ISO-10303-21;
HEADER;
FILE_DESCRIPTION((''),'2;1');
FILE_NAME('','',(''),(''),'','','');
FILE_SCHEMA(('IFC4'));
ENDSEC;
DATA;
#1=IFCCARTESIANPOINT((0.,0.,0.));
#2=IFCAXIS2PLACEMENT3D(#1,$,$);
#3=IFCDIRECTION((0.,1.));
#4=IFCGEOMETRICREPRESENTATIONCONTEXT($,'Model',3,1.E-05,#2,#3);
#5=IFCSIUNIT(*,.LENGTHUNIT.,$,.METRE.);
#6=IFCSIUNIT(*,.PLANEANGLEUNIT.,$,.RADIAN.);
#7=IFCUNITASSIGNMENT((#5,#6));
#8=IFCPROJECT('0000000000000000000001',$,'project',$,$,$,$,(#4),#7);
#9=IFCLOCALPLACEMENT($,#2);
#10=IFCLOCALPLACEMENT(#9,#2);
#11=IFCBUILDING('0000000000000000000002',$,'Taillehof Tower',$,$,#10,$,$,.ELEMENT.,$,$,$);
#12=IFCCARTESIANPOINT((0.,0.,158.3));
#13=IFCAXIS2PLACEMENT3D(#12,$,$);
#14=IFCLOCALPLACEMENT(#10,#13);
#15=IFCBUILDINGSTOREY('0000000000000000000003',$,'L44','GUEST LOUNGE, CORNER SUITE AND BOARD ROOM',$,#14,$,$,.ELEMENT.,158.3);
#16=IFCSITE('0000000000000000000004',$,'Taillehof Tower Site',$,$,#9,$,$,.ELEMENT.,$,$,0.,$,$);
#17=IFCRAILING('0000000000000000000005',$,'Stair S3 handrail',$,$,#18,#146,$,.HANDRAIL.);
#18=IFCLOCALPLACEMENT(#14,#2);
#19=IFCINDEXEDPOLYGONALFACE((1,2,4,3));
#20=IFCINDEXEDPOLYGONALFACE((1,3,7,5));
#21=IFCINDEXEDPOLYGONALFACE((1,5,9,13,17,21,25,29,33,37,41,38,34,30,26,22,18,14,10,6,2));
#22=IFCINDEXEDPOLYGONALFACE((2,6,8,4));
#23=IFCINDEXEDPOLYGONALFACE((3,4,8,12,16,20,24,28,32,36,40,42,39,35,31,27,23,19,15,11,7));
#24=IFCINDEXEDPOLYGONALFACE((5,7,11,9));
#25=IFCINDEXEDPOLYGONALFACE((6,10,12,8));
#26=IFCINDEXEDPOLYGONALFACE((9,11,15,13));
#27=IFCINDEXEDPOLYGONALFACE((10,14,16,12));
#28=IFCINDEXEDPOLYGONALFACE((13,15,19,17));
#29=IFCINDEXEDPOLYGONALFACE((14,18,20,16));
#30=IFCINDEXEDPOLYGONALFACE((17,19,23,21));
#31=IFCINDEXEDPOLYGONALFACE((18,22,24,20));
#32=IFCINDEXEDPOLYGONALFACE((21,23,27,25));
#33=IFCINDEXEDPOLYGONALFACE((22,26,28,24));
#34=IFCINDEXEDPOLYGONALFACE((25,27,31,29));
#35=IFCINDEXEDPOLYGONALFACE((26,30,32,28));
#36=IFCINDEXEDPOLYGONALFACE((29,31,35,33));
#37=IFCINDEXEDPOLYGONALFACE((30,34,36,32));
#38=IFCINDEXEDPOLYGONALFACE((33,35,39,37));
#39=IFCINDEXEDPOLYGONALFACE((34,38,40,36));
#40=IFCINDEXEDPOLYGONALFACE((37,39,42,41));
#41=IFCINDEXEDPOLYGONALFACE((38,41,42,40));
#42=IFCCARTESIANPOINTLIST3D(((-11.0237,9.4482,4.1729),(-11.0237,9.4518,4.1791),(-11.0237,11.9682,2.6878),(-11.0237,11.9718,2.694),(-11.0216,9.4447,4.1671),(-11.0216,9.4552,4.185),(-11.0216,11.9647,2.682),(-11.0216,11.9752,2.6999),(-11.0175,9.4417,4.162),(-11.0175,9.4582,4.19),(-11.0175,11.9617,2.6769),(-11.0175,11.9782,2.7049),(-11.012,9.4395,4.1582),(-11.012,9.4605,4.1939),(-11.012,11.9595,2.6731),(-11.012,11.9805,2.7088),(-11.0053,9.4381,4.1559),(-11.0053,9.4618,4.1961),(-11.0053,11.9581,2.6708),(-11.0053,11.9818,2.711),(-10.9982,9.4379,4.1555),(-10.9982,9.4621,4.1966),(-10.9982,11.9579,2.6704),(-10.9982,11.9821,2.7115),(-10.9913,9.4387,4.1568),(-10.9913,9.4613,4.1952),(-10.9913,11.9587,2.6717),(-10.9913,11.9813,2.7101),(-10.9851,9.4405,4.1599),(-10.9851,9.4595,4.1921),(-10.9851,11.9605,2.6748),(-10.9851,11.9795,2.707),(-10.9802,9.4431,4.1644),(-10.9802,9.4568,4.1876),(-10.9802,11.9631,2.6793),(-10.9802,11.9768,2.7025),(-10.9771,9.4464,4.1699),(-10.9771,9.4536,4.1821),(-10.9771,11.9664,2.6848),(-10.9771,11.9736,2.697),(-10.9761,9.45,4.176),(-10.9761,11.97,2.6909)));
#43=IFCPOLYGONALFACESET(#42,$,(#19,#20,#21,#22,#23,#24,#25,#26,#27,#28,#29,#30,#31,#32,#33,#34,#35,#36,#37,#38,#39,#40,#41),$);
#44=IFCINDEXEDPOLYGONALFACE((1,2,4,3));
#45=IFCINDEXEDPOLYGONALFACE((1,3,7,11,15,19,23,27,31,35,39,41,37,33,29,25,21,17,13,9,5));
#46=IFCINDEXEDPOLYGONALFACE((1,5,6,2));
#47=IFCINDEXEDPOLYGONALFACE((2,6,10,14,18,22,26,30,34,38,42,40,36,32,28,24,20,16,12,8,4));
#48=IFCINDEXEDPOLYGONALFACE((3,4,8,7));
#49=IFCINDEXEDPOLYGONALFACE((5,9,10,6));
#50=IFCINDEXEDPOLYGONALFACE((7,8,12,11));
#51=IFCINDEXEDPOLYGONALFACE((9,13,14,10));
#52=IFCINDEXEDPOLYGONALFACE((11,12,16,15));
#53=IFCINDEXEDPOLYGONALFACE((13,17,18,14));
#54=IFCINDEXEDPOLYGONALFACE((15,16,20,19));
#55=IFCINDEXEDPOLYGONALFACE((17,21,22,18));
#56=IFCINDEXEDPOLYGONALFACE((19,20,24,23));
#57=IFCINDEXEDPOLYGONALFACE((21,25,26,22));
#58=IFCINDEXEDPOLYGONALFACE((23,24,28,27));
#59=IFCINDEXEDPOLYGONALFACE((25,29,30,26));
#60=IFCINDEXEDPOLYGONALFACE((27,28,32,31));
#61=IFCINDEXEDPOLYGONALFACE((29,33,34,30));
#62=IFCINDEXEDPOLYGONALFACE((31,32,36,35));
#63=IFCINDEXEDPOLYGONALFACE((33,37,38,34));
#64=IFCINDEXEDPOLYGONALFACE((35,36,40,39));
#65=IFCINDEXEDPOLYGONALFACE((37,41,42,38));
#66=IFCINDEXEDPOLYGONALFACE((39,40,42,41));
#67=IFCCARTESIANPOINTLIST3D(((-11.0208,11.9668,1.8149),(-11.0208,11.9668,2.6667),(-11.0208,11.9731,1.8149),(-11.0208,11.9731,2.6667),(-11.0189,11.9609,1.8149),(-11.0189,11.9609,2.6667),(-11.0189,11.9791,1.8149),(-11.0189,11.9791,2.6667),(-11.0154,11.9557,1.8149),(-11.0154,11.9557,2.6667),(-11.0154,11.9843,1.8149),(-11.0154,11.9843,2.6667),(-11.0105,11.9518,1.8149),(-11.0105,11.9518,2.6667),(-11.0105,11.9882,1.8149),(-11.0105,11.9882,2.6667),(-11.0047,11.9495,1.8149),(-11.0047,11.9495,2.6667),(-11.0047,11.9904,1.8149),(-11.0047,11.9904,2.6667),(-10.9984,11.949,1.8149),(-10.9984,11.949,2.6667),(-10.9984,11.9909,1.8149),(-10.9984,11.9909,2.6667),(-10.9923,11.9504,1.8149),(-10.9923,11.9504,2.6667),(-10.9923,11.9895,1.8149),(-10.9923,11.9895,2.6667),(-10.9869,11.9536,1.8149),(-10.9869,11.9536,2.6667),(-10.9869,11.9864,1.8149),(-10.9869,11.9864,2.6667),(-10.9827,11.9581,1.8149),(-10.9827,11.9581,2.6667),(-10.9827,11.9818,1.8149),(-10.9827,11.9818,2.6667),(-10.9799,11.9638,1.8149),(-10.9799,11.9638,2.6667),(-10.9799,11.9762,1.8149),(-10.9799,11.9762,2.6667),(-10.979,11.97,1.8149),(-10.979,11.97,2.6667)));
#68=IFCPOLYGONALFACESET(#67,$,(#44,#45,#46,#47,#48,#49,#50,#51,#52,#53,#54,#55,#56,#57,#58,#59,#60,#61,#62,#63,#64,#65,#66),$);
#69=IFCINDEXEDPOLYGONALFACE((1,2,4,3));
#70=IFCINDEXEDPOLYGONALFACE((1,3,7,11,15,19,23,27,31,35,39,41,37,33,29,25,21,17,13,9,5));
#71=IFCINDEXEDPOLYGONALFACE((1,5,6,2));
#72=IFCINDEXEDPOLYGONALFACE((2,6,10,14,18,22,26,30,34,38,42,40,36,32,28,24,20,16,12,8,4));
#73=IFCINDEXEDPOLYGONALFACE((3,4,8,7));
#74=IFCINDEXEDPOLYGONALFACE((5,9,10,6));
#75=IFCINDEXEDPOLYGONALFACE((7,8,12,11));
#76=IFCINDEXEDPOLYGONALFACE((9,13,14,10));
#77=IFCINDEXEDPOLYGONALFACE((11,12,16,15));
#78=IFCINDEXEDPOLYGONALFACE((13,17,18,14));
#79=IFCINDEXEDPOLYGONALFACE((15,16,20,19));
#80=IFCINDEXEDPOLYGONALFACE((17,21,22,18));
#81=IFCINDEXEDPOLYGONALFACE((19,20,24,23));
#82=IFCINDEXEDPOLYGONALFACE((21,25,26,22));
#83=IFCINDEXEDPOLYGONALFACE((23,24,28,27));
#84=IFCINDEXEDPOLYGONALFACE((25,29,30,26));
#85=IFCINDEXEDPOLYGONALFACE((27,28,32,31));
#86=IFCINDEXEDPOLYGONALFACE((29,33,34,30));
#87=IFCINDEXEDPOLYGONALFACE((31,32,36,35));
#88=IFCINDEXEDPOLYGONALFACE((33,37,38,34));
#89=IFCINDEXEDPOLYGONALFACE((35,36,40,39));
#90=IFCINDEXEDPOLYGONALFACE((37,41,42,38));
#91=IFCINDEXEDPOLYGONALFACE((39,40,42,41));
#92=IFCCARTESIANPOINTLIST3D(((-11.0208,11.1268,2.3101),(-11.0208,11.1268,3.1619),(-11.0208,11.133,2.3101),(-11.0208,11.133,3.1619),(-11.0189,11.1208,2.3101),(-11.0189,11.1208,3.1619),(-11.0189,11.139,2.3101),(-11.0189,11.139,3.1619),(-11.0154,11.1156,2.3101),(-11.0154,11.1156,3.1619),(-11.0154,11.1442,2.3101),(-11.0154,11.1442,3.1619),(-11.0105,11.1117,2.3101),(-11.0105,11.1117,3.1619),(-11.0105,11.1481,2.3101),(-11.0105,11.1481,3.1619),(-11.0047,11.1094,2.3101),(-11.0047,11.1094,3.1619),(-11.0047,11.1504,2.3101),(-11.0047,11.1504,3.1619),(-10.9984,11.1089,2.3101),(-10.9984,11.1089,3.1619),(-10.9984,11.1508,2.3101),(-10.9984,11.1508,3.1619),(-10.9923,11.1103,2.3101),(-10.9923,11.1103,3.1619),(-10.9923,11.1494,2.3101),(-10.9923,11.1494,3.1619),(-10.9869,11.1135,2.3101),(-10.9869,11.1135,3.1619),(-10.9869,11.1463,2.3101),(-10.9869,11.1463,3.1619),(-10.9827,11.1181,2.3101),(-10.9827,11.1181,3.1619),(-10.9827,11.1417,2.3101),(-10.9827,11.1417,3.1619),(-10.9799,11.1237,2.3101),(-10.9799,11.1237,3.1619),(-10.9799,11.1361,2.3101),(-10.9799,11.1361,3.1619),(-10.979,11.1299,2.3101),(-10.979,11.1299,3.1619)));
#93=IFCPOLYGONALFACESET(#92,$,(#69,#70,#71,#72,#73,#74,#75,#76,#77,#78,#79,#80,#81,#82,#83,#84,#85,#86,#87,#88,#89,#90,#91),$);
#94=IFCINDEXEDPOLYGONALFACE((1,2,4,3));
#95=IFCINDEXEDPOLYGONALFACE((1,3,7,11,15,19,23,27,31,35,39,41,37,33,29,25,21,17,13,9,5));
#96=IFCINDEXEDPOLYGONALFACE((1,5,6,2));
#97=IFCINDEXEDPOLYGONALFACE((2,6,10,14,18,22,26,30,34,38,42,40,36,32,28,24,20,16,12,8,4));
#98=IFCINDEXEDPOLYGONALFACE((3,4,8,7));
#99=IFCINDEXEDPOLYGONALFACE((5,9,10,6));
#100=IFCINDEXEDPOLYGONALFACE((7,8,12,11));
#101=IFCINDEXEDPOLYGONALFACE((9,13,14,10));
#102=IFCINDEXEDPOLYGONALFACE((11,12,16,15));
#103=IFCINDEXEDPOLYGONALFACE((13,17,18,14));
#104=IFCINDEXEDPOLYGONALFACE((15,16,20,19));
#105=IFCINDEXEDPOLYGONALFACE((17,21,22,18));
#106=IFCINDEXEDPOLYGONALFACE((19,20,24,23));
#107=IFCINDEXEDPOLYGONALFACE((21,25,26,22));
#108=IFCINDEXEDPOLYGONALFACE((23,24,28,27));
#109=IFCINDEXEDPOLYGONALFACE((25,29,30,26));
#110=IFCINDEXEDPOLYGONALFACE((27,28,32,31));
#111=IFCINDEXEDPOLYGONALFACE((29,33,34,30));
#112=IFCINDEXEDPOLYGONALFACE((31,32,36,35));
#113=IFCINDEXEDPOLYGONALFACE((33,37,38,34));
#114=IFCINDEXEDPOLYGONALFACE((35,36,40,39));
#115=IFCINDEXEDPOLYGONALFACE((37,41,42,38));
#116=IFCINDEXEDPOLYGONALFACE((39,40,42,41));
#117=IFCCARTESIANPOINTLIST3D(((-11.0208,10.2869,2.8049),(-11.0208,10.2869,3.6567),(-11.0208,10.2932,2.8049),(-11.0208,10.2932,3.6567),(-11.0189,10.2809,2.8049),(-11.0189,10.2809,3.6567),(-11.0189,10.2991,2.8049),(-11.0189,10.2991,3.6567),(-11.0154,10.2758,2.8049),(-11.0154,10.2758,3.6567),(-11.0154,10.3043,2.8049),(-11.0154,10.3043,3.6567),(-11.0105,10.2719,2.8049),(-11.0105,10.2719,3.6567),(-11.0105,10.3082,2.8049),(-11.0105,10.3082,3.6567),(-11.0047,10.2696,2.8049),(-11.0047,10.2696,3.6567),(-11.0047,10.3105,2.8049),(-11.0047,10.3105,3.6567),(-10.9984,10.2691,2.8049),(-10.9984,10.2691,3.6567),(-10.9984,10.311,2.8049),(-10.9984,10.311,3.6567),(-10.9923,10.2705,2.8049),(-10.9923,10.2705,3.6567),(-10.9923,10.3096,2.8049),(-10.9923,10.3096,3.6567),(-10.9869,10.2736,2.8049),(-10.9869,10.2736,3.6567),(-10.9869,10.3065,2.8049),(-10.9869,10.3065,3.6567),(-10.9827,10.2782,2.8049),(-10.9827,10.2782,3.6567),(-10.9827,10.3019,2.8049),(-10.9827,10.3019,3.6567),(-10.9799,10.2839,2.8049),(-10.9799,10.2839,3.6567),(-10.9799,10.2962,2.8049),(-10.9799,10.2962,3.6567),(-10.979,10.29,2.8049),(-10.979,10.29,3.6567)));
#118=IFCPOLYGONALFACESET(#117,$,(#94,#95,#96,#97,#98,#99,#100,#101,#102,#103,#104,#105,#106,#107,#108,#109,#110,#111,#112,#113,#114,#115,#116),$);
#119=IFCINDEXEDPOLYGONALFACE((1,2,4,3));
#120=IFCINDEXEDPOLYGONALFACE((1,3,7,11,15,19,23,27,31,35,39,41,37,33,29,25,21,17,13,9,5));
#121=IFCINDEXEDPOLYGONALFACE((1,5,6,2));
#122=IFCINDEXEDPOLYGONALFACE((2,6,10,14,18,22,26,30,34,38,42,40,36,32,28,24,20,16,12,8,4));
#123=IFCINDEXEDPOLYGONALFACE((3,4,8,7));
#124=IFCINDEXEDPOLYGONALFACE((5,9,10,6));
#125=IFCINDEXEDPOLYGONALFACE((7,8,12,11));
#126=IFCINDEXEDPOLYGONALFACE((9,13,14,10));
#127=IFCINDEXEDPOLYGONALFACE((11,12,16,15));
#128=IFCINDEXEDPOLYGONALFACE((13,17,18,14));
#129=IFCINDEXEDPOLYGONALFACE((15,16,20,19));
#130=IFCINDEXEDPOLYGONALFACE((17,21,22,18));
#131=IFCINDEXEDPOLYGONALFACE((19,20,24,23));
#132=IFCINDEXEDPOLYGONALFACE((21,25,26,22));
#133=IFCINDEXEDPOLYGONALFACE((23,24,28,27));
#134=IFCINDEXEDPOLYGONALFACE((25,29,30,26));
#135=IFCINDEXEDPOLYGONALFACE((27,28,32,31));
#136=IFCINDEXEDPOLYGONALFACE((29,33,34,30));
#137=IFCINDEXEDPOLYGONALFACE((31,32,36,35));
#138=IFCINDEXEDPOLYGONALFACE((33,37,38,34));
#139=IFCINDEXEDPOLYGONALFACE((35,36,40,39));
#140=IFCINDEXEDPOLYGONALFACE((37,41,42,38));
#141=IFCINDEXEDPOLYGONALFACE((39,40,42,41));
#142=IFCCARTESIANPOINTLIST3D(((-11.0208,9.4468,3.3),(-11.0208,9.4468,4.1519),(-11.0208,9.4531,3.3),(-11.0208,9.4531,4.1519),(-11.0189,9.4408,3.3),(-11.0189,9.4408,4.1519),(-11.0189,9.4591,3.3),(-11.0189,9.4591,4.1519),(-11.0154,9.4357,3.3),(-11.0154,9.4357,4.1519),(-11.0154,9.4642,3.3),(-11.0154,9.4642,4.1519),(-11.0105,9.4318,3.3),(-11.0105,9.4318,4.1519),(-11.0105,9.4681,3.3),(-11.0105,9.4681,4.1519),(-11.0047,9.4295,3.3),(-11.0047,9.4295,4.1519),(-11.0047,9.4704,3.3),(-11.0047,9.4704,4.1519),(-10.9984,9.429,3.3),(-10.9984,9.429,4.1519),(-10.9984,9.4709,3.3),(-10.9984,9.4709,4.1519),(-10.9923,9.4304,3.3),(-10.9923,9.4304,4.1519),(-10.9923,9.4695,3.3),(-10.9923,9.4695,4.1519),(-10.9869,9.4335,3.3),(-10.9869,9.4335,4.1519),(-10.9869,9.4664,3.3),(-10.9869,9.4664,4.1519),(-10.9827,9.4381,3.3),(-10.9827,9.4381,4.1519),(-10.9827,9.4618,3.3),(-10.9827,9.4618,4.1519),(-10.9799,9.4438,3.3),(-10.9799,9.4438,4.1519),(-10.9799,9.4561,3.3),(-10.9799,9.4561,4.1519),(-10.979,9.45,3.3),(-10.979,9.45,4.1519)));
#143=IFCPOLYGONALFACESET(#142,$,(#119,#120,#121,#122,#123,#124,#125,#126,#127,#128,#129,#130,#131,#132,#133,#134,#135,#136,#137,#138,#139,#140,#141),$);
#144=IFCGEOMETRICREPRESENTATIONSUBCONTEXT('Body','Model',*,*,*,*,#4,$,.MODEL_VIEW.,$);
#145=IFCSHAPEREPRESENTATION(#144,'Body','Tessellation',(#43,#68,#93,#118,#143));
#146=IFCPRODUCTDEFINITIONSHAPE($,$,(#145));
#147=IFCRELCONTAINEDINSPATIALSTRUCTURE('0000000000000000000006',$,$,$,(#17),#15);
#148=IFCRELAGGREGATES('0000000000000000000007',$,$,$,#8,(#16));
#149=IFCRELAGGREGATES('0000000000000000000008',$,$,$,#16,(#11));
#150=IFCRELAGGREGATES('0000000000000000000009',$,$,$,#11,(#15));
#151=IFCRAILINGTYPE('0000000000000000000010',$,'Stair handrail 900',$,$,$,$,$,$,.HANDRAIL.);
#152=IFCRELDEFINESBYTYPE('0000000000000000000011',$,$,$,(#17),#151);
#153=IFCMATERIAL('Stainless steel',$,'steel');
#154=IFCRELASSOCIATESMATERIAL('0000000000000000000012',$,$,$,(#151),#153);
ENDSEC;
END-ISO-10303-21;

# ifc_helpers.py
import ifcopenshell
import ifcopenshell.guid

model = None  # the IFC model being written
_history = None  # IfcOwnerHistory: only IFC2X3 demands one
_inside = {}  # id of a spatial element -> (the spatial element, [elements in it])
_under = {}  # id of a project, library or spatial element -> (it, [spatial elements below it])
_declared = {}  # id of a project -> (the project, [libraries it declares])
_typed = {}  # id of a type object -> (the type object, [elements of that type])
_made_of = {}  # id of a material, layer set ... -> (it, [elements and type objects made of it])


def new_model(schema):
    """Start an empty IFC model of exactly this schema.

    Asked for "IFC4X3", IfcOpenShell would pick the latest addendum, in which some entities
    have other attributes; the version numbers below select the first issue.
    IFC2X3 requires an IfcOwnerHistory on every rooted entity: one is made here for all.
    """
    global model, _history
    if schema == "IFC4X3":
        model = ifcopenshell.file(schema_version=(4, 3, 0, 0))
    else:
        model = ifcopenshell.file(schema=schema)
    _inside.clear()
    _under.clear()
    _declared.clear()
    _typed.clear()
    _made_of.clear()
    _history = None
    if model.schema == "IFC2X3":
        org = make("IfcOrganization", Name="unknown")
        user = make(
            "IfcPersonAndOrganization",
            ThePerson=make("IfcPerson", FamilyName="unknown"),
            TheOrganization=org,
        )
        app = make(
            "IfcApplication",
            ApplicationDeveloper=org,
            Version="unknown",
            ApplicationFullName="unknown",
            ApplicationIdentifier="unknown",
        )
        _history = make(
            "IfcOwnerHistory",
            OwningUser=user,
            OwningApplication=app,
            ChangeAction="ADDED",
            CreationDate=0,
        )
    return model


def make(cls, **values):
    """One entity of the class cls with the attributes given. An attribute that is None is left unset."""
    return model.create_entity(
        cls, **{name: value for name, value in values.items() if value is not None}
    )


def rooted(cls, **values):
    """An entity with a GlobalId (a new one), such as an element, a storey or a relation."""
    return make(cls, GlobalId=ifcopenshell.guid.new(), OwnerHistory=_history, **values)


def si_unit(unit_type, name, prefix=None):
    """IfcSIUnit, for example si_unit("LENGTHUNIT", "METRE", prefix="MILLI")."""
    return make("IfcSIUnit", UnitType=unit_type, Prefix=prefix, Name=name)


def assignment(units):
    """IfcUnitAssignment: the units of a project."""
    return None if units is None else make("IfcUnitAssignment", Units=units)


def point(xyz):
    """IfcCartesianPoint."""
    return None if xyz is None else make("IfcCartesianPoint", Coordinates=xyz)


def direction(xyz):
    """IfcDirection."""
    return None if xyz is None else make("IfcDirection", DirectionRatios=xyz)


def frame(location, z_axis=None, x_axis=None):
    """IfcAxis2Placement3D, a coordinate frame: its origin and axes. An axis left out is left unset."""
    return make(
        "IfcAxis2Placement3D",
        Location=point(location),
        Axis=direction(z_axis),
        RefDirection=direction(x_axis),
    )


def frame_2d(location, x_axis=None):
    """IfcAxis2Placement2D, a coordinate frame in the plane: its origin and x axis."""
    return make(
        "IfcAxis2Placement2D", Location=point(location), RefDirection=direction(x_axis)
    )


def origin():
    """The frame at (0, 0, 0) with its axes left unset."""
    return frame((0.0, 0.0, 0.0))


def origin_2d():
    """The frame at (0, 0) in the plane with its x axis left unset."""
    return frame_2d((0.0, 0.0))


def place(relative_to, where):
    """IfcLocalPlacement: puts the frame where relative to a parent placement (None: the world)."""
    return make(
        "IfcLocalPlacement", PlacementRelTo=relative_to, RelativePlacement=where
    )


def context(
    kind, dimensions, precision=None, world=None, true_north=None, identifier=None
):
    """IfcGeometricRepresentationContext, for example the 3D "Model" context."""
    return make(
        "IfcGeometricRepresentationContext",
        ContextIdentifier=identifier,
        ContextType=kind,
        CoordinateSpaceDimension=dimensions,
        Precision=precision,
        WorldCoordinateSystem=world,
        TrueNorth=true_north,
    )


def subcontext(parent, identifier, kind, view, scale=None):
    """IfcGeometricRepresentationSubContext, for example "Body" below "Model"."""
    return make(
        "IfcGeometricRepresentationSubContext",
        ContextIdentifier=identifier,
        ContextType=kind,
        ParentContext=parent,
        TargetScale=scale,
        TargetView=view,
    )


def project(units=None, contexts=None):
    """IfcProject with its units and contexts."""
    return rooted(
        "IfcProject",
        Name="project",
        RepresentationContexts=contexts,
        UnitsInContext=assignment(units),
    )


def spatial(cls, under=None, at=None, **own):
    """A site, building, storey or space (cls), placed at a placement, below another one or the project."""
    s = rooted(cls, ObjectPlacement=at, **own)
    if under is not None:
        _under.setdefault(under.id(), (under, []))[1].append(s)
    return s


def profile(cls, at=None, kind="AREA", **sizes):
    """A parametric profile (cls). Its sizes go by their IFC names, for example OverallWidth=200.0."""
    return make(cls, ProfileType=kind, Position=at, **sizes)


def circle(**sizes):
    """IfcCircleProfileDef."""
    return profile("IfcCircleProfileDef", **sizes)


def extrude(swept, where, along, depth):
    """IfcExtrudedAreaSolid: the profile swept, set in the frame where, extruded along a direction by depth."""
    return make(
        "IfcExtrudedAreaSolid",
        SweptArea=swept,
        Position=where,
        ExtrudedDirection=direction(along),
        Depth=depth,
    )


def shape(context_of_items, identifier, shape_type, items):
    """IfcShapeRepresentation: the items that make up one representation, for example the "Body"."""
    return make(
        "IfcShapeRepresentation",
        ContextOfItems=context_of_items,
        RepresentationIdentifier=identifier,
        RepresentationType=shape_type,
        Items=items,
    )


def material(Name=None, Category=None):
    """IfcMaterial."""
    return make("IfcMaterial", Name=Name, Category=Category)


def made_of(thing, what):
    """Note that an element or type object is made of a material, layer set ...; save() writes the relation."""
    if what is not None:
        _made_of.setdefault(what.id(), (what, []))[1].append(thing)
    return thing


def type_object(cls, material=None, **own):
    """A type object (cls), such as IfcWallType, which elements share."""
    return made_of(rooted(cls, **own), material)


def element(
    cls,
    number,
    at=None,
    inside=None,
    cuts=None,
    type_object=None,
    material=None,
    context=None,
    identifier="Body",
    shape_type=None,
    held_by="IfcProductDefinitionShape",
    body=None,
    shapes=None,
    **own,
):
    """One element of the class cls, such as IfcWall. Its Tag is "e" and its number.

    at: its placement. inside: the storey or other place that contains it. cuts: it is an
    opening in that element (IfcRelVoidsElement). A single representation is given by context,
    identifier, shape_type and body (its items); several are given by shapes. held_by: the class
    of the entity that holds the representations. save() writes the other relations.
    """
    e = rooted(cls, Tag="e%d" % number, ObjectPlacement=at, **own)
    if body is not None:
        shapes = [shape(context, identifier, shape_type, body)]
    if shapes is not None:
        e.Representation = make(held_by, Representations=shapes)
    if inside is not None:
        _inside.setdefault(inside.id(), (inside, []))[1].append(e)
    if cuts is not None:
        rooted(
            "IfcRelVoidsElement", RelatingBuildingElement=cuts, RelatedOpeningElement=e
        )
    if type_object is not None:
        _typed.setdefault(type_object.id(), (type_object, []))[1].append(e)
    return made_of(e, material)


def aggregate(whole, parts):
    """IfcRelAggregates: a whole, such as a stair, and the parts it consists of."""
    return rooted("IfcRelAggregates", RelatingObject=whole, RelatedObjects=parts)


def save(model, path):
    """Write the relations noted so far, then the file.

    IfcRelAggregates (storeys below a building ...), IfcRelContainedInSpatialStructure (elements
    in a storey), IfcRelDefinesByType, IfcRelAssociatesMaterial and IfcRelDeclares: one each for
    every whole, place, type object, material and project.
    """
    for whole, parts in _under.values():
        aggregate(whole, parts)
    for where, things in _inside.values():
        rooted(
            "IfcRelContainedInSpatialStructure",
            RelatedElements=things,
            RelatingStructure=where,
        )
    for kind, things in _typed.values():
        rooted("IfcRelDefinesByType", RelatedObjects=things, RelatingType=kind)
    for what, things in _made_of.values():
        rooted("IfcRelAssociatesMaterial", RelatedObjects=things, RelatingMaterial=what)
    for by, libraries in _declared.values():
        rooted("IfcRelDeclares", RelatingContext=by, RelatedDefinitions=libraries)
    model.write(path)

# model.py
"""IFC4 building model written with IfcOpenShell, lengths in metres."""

from ifc_helpers import new_model, si_unit, direction, frame, origin, origin_2d, place, context, subcontext, project, spatial, circle, extrude, material, type_object, element, save


model = new_model("IFC4")

# Units and contexts
model_context = context("Model", 3, precision=1e-05, world=origin(), true_north=direction((0.0, 1.0)))
body_context = subcontext(model_context, "Body", "Model", "MODEL_VIEW")
ifc_project = project(units=[si_unit("LENGTHUNIT", "METRE"), si_unit("PLANEANGLEUNIT", "RADIAN")], contexts=[model_context])

# Site, building, storey
site_placement = place(None, origin())
site = spatial("IfcSite", under=ifc_project, at=site_placement, Name="Taillehof Tower Site", CompositionType="ELEMENT", RefElevation=0.0)
building_placement = place(site_placement, origin())
building = spatial("IfcBuilding", under=site, at=building_placement, Name="Taillehof Tower", CompositionType="ELEMENT")
storey_placement = place(building_placement, frame((0.0, 0.0, 158.3)))
storey = spatial("IfcBuildingStorey", under=building, at=storey_placement, Name="L44", Description="GUEST LOUNGE, CORNER SUITE AND BOARD ROOM", CompositionType="ELEMENT", Elevation=158.3)

# Railing
ifc_material_1 = material(Name="Stainless steel", Category="steel")
railing_type = type_object("IfcRailingType", Name="Stair handrail 900", PredefinedType="HANDRAIL", material=ifc_material_1)
railing_placement = place(storey_placement, frame((-11.0, 11.97, 1.8149)))
element("IfcRailing", 1, at=railing_placement, inside=storey, type_object=railing_type, Name="Stair S3 handrail", PredefinedType="HANDRAIL", context=body_context, shape_type="SweptSolid", body=[
    extrude(circle(Radius=0.0239, at=origin_2d()), frame((0.0, 0.0, 0.876), z_axis=(0.0, -0.861524, 0.507717), x_axis=(1.0, 0.0, 0.0)), (0.0, 0.0, 1.0), 2.925),
    extrude(circle(Radius=0.021, at=origin_2d()), origin(), (0.0, 0.0, 1.0), 0.8518),
    extrude(circle(Radius=0.021, at=origin_2d()), frame((0.0, -0.8401, 0.4951)), (0.0, 0.0, 1.0), 0.8518),
    extrude(circle(Radius=0.021, at=origin_2d()), frame((0.0, -1.6799, 0.99)), (0.0, 0.0, 1.0), 0.8518),
    extrude(circle(Radius=0.021, at=origin_2d()), frame((0.0, -2.52, 1.4851)), (0.0, 0.0, 1.0), 0.8518),
])

save(model, "model.ifc")
